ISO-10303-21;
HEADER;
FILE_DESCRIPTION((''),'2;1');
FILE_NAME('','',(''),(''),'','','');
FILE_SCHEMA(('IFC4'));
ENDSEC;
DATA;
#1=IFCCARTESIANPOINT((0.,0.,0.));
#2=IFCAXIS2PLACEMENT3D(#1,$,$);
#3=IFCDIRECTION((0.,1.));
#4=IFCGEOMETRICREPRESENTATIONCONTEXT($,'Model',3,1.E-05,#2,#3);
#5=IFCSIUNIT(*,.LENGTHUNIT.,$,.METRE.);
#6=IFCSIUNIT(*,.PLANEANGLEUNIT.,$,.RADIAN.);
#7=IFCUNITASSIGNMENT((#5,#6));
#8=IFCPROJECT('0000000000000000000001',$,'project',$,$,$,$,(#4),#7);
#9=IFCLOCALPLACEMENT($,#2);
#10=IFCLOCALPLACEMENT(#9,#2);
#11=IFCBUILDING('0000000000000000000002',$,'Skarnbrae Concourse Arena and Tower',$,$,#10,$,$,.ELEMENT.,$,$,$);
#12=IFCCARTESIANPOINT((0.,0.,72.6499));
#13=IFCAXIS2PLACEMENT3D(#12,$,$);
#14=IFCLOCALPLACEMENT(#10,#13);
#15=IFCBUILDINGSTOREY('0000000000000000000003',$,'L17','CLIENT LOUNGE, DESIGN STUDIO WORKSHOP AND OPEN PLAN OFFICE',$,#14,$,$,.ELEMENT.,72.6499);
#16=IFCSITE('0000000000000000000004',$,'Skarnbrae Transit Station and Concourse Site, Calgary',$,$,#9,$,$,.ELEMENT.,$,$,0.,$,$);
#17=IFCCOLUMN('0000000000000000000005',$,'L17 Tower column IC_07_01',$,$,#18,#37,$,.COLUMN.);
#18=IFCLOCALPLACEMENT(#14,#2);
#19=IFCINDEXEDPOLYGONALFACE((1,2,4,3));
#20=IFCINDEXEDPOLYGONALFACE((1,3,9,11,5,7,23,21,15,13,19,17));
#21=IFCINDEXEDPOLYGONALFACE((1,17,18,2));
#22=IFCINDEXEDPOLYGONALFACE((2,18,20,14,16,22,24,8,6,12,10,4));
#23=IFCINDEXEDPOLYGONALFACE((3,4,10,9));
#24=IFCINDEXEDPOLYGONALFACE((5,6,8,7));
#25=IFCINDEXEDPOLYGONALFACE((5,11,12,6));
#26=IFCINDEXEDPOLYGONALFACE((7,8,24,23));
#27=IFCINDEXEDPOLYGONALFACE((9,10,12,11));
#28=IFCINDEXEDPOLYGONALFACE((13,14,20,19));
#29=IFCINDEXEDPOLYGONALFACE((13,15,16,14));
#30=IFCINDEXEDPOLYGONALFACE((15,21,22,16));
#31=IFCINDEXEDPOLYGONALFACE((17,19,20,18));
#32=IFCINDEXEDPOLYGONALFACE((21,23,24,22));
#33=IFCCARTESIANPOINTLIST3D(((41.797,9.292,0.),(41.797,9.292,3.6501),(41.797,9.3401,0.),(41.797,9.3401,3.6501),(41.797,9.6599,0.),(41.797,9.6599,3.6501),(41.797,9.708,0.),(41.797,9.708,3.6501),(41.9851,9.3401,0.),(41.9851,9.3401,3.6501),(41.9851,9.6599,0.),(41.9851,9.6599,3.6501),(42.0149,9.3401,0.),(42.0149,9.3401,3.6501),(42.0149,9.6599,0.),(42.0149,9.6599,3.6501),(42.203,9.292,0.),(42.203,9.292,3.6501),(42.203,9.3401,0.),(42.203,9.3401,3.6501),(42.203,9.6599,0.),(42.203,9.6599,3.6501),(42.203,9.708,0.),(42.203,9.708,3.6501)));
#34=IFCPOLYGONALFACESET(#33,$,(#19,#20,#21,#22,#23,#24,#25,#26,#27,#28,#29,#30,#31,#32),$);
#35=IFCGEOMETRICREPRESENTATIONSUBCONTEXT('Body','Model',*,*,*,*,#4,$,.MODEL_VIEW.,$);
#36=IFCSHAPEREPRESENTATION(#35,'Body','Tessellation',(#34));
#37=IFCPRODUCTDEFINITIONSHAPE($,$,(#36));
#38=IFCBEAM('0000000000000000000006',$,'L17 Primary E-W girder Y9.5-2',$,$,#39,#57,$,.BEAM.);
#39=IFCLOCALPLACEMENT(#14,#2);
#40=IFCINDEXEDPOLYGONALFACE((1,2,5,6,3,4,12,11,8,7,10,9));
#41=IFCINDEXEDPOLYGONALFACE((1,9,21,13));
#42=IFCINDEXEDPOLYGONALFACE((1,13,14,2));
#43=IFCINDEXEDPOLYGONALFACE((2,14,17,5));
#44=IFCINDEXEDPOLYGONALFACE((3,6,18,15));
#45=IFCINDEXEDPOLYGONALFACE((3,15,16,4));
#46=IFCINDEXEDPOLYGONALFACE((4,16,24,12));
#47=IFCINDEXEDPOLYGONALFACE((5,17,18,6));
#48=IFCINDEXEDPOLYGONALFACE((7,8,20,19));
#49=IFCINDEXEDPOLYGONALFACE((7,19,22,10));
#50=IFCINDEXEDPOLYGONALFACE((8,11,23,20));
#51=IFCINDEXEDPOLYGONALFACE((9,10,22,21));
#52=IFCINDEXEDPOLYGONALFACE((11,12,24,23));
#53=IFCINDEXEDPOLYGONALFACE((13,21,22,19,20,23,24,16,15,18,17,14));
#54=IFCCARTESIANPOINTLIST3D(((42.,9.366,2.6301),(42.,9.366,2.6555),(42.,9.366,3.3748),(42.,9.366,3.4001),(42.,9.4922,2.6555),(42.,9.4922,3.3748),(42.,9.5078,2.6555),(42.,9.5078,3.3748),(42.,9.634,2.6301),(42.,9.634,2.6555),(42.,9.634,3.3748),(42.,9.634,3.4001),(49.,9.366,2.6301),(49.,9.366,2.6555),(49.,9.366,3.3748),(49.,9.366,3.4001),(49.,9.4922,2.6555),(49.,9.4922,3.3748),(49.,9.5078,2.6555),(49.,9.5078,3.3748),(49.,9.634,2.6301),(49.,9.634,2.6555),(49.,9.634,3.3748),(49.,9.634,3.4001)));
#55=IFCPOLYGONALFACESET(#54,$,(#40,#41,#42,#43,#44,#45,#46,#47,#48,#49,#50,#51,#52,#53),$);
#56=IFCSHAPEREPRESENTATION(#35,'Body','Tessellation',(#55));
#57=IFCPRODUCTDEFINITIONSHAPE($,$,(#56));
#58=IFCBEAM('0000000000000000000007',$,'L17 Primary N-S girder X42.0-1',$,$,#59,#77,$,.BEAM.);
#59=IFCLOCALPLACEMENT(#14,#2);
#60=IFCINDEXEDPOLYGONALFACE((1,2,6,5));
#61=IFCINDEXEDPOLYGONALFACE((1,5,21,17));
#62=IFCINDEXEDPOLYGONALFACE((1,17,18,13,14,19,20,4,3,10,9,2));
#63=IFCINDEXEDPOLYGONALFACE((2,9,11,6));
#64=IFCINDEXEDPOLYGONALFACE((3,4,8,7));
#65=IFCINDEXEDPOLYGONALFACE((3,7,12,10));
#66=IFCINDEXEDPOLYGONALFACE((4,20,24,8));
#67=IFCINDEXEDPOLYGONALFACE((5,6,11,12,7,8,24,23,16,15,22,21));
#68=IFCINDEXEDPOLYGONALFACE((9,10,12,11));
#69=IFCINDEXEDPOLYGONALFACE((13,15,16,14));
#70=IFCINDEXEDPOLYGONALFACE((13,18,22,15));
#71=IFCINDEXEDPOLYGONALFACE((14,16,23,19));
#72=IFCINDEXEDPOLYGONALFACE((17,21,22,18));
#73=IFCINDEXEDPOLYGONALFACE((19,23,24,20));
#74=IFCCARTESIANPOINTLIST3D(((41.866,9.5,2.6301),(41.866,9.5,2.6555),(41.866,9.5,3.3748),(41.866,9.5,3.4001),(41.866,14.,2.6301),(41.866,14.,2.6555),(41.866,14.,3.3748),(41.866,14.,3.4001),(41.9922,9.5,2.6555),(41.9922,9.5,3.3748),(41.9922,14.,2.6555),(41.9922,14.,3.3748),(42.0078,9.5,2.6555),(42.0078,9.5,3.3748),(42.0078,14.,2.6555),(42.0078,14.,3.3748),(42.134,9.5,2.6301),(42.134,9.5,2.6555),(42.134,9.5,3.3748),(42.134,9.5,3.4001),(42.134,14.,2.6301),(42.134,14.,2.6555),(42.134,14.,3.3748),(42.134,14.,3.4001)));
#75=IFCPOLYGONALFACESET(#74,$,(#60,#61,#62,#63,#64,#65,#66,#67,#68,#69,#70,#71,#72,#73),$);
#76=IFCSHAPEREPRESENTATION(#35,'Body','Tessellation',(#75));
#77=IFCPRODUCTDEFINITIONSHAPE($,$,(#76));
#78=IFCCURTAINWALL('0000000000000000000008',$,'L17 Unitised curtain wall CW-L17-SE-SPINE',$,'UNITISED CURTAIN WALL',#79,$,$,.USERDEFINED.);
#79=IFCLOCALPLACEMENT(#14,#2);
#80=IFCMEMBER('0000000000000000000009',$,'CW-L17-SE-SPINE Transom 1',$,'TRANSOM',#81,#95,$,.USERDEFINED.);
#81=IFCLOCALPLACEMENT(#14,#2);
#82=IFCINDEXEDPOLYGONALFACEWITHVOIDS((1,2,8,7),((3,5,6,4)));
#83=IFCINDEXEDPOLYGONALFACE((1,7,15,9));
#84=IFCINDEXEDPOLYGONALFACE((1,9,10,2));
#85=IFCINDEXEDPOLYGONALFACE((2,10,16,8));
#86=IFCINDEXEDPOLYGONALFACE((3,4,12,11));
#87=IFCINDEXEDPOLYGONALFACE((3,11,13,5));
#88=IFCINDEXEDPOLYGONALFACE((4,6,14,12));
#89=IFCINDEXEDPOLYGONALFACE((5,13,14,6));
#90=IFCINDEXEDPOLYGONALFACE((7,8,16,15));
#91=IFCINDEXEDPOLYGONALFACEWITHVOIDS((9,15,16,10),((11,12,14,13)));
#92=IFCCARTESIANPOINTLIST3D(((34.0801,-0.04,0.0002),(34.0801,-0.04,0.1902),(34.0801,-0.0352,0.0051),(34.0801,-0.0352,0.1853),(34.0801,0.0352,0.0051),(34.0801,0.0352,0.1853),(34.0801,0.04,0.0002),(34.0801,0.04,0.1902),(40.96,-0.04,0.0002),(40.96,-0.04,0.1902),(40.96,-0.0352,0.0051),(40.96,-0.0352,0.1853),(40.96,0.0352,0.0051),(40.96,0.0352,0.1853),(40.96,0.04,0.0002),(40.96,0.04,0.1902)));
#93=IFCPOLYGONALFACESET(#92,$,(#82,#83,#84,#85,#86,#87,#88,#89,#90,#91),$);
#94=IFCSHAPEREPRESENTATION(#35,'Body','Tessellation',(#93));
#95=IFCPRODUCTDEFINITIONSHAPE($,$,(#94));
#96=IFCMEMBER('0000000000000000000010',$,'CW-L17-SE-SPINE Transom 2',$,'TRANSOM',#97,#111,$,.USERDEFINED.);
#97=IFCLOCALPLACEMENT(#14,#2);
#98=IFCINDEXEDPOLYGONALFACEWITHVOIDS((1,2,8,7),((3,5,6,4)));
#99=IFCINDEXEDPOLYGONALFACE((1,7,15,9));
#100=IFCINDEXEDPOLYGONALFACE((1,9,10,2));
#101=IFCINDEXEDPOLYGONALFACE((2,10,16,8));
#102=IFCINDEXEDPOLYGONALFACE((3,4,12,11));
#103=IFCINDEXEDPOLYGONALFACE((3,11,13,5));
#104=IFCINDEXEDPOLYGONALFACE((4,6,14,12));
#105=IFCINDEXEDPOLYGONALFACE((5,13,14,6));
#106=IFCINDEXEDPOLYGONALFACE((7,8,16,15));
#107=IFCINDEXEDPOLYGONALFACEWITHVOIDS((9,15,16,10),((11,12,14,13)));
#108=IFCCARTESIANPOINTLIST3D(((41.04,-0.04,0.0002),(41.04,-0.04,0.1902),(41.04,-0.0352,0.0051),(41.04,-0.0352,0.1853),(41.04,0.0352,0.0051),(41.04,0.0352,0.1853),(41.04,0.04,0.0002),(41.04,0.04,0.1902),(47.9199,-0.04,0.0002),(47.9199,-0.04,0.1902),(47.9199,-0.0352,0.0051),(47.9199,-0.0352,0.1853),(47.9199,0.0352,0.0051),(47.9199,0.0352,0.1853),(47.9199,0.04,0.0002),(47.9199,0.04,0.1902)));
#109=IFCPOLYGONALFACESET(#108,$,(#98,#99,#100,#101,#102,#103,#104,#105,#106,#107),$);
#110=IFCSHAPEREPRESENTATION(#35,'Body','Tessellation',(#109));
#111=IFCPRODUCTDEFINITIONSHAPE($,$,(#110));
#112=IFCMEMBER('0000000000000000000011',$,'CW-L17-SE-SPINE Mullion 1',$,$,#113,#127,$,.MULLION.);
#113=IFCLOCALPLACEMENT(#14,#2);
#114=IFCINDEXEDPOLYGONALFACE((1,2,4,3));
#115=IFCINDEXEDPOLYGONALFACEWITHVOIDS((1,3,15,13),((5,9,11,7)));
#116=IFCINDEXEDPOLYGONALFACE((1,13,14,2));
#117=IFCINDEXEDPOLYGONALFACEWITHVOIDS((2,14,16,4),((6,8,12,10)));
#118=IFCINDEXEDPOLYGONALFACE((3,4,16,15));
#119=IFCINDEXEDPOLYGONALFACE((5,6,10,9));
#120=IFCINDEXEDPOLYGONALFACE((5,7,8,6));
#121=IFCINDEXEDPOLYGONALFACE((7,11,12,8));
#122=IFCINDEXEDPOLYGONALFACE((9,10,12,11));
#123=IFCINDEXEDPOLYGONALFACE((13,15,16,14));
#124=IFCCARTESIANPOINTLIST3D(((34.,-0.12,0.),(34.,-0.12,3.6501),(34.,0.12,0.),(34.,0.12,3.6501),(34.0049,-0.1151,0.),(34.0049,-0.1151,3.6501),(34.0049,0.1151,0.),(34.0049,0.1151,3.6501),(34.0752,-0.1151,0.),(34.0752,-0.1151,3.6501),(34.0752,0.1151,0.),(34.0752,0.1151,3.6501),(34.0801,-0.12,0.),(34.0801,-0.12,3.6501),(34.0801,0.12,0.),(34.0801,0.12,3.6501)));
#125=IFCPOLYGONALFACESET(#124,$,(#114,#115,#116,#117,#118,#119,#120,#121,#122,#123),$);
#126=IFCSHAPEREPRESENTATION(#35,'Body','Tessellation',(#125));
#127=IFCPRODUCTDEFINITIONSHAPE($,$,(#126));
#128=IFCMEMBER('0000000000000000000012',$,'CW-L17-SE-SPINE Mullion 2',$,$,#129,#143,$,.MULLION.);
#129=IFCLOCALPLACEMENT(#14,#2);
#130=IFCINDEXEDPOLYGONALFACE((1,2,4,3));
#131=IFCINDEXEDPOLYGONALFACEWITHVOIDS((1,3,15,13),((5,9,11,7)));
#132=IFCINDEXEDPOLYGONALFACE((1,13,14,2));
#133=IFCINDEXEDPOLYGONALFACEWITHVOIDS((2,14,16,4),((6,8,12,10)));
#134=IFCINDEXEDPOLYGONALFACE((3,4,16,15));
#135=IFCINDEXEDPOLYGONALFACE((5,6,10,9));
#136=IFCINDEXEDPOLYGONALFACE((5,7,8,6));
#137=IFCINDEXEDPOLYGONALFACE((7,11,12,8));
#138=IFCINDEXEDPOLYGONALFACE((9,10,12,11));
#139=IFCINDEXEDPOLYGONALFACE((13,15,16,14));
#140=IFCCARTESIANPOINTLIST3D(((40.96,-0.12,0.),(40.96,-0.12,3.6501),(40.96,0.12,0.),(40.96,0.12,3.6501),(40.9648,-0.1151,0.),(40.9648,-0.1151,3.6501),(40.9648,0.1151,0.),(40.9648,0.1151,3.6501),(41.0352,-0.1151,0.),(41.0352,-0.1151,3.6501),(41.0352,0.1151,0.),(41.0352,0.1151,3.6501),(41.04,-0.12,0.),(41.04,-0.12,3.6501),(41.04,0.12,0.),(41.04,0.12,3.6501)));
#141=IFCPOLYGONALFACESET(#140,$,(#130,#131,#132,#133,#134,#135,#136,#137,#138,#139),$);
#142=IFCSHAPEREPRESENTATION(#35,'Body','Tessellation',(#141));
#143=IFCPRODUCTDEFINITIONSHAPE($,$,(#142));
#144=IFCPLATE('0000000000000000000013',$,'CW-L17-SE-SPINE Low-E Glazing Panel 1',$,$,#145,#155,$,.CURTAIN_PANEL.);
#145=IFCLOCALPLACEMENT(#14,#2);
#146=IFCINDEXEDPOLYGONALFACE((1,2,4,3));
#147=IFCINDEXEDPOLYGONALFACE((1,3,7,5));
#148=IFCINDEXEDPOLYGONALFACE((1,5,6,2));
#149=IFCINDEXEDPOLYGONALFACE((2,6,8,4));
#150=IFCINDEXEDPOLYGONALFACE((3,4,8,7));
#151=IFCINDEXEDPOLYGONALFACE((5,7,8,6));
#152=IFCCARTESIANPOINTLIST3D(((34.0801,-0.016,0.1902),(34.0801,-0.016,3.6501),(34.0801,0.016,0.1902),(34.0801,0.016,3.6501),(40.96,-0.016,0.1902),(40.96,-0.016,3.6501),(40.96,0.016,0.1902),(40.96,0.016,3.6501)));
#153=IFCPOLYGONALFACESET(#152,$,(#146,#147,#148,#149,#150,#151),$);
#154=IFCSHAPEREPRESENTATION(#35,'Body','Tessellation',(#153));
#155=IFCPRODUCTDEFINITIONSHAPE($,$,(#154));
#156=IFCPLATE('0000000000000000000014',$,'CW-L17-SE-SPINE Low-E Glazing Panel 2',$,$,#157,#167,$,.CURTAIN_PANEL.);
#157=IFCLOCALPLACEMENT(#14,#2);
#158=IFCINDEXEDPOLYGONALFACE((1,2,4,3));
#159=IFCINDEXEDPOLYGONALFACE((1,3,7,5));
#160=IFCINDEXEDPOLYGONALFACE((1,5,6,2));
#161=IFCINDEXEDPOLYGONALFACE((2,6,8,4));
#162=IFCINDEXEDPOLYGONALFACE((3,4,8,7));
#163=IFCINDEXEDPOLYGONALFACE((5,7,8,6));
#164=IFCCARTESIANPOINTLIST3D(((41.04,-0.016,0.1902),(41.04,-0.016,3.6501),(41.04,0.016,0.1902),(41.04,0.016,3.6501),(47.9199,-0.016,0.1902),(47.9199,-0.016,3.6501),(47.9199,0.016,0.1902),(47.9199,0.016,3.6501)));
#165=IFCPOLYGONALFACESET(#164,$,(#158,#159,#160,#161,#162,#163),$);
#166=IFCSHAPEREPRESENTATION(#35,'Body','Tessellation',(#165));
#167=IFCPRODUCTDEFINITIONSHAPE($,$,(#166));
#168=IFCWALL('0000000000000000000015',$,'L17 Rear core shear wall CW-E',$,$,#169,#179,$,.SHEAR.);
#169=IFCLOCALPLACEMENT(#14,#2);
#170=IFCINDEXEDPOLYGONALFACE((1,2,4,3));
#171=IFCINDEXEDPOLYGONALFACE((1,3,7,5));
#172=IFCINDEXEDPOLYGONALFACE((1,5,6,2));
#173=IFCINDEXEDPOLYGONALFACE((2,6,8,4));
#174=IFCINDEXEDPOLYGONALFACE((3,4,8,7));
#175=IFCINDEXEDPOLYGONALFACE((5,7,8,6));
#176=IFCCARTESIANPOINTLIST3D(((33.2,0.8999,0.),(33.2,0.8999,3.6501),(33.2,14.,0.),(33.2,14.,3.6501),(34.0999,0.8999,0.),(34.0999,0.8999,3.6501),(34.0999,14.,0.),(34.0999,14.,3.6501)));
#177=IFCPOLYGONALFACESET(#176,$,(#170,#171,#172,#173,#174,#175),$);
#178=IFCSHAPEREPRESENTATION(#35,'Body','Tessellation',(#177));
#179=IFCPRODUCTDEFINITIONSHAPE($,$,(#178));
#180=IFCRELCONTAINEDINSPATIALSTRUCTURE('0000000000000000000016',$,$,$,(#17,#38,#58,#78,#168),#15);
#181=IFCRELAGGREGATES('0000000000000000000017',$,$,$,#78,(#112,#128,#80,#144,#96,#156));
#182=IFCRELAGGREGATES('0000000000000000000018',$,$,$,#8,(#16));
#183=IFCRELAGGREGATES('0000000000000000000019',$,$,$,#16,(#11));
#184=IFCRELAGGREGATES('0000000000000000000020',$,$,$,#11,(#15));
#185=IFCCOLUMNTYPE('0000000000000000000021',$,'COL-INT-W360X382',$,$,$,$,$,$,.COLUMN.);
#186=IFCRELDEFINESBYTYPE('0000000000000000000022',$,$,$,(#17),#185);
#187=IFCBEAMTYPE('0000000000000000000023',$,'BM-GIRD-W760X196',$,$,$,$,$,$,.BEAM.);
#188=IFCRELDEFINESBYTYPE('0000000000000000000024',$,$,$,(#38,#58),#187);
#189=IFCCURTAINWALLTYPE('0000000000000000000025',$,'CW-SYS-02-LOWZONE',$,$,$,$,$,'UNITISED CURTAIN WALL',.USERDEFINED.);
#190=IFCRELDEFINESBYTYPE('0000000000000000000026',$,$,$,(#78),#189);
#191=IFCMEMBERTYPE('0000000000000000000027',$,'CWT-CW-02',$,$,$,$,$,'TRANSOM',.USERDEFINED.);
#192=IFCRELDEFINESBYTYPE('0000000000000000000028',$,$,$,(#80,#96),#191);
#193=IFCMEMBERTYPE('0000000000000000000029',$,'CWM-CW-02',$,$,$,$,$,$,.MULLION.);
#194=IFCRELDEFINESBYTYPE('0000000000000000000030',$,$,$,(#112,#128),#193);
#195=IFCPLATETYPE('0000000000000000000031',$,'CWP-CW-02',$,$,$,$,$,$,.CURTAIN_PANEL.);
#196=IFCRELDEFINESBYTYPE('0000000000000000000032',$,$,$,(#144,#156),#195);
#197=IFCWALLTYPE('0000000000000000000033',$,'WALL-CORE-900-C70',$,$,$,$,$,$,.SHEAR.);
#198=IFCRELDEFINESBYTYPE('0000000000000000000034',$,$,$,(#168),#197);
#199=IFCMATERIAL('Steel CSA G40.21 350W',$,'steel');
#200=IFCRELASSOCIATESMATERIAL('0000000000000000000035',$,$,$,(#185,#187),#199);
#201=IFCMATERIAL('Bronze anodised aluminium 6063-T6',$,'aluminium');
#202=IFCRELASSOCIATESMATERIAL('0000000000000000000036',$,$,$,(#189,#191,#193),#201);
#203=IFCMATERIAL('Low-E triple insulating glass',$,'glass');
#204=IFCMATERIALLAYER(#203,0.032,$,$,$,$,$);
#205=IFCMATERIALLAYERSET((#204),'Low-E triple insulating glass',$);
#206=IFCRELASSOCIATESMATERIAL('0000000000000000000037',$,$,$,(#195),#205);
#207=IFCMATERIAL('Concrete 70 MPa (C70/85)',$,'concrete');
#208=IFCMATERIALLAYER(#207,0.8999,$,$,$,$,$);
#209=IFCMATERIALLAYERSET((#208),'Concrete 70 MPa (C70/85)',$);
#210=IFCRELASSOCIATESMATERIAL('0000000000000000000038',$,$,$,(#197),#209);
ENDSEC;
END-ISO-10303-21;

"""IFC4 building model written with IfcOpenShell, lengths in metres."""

from ifc_helpers import new_model, si_unit, direction, frame, frame_2d, origin, origin_2d, place, context, subcontext, project, spatial, rectangle, hollow_rectangle, i_section, extrude, source, transform, mapped, material, layer, layer_set, material_profile, profile_set, type_object, element, aggregate, save


model = new_model("IFC4")

# Units and contexts
model_context = context("Model", 3, precision=1e-05, world=origin(), true_north=direction((0.0, 1.0)))
body_context = subcontext(model_context, "Body", "Model", "MODEL_VIEW")
ifc_project = project(units=[si_unit("LENGTHUNIT", "METRE"), si_unit("PLANEANGLEUNIT", "RADIAN")], contexts=[model_context])

# Site, building, storey
site_placement = place(None, origin())
site = spatial("IfcSite", under=ifc_project, at=site_placement, Name="Skarnbrae Transit Station and Concourse Site, Calgary", CompositionType="ELEMENT", RefElevation=0.0)
building_placement = place(site_placement, origin())
building = spatial("IfcBuilding", under=site, at=building_placement, Name="Skarnbrae Concourse Arena and Tower", CompositionType="ELEMENT")
storey_placement = place(building_placement, frame((0.0, 0.0, 72.6499)))
storey = spatial("IfcBuildingStorey", under=building, at=storey_placement, Name="L17", Description="CLIENT LOUNGE, DESIGN STUDIO WORKSHOP AND OPEN PLAN OFFICE", CompositionType="ELEMENT", Elevation=72.6499)

# Column
ifc_material_1 = material(Name="Steel CSA G40.21 350W", Category="steel")
ifc_material_profile_1 = material_profile(ifc_material_1, i_section(OverallWidth=0.406, OverallDepth=0.416, WebThickness=0.0298, FlangeThickness=0.0481, at=origin_2d()), Name="W360X382")
ifc_profile_set_1 = profile_set([ifc_material_profile_1], Name="Steel CSA G40.21 350W")
column_type = type_object("IfcColumnType", Name="COL-INT-W360X382", PredefinedType="COLUMN", material=ifc_profile_set_1)
shared_shape_1 = source(origin(), body_context, "Body", "SweptSolid", [
    extrude(i_section(OverallWidth=0.406, OverallDepth=0.416, WebThickness=0.0298, FlangeThickness=0.0481, at=origin_2d()), origin(), (0.0, 0.0, 1.0), 3.6501),
])
column_placement = place(storey_placement, frame((42.0, 9.5, 0.0), z_axis=(0.0, 0.0, 1.0), x_axis=(1.0, 0.0, 0.0)))
element("IfcColumn", 1, at=column_placement, inside=storey, type_object=column_type, Name="L17 Tower column IC_07_01", PredefinedType="COLUMN", context=body_context, shape_type="MappedRepresentation", body=[
    mapped(shared_shape_1, transform((0.0, 0.0, 0.0))),
])

# Beams
ifc_material_profile_2 = material_profile(ifc_material_1, i_section(OverallWidth=0.2681, OverallDepth=0.77, WebThickness=0.0156, FlangeThickness=0.0254, at=origin_2d()), Name="W760X196")
ifc_profile_set_2 = profile_set([ifc_material_profile_2], Name="Steel CSA G40.21 350W")
beam_type = type_object("IfcBeamType", Name="BM-GIRD-W760X196", PredefinedType="BEAM", material=ifc_profile_set_2)
shared_shape_2 = source(origin(), body_context, "Body", "SweptSolid", [
    extrude(i_section(OverallWidth=0.2681, OverallDepth=0.77, WebThickness=0.0156, FlangeThickness=0.0254, at=origin_2d()), origin(), (0.0, 0.0, 1.0), 7.0),
])
beam_1_placement = place(storey_placement, frame((42.0, 9.5, 3.0151), z_axis=(1.0, 0.0, 0.0), x_axis=(0.0, 1.0, 0.0)))
element("IfcBeam", 2, at=beam_1_placement, inside=storey, type_object=beam_type, Name="L17 Primary E-W girder Y9.5-2", PredefinedType="BEAM", context=body_context, shape_type="MappedRepresentation", body=[
    mapped(shared_shape_2, transform((0.0, 0.0, 0.0))),
])
shared_shape_3 = source(origin(), body_context, "Body", "SweptSolid", [
    extrude(i_section(OverallWidth=0.2681, OverallDepth=0.77, WebThickness=0.0156, FlangeThickness=0.0254, at=origin_2d()), origin(), (0.0, 0.0, 1.0), 4.5),
])
beam_2_placement = place(storey_placement, frame((42.0, 9.5, 3.0151), z_axis=(0.0, 1.0, 0.0), x_axis=(-1.0, 0.0, 0.0)))
element("IfcBeam", 3, at=beam_2_placement, inside=storey, type_object=beam_type, Name="L17 Primary N-S girder X42.0-1", PredefinedType="BEAM", context=body_context, shape_type="MappedRepresentation", body=[
    mapped(shared_shape_3, transform((0.0, 0.0, 0.0))),
])

# Curtain wall, members, plates
ifc_material_2 = material(Name="Bronze anodised aluminium 6063-T6", Category="aluminium")
curtain_wall_type = type_object("IfcCurtainWallType", Name="CW-SYS-02-LOWZONE", ElementType="UNITISED CURTAIN WALL", PredefinedType="USERDEFINED", material=ifc_material_2)
curtain_wall_placement = place(storey_placement, origin())
curtain_wall = element("IfcCurtainWall", 4, at=curtain_wall_placement, inside=storey, type_object=curtain_wall_type, Name="L17 Unitised curtain wall CW-L17-SE-SPINE", ObjectType="UNITISED CURTAIN WALL", PredefinedType="USERDEFINED")
ifc_material_profile_3 = material_profile(ifc_material_2, hollow_rectangle(XDim=0.0801, YDim=0.1899, WallThickness=0.0049, at=origin_2d()), Name="ALU-TRAN-80X190")
ifc_profile_set_3 = profile_set([ifc_material_profile_3], Name="Bronze anodised aluminium 6063-T6")
member_type_1 = type_object("IfcMemberType", Name="CWT-CW-02", ElementType="TRANSOM", PredefinedType="USERDEFINED", material=ifc_profile_set_3)
shared_shape_4 = source(origin(), body_context, "Body", "SweptSolid", [
    extrude(hollow_rectangle(XDim=0.0801, YDim=0.1899, WallThickness=0.0049, at=origin_2d()), origin(), (0.0, 0.0, 1.0), 6.8799),
])
member_1_placement = place(storey_placement, frame((34.0801, 0.0, 0.0952), z_axis=(1.0, 0.0, 0.0), x_axis=(0.0, 1.0, 0.0)))
member_1 = element("IfcMember", 5, at=member_1_placement, type_object=member_type_1, Name="CW-L17-SE-SPINE Transom 1", ObjectType="TRANSOM", PredefinedType="USERDEFINED", context=body_context, shape_type="MappedRepresentation", body=[
    mapped(shared_shape_4, transform((0.0, 0.0, 0.0))),
])
member_2_placement = place(storey_placement, frame((41.04, 0.0, 0.0952), z_axis=(1.0, 0.0, 0.0), x_axis=(0.0, 1.0, 0.0)))
member_2 = element("IfcMember", 6, at=member_2_placement, type_object=member_type_1, Name="CW-L17-SE-SPINE Transom 2", ObjectType="TRANSOM", PredefinedType="USERDEFINED", context=body_context, shape_type="MappedRepresentation", body=[
    mapped(shared_shape_4, transform((0.0, 0.0, 0.0))),
])
ifc_material_profile_4 = material_profile(ifc_material_2, hollow_rectangle(XDim=0.0801, YDim=0.24, WallThickness=0.0049, at=origin_2d()), Name="ALU-MULL-80X240")
ifc_profile_set_4 = profile_set([ifc_material_profile_4], Name="Bronze anodised aluminium 6063-T6")
member_type_2 = type_object("IfcMemberType", Name="CWM-CW-02", PredefinedType="MULLION", material=ifc_profile_set_4)
shared_shape_5 = source(origin(), body_context, "Body", "SweptSolid", [
    extrude(hollow_rectangle(XDim=0.0801, YDim=0.24, WallThickness=0.0049, at=origin_2d()), origin(), (0.0, 0.0, 1.0), 3.6501),
])
member_3_placement = place(storey_placement, frame((34.04, 0.0, 0.0), z_axis=(0.0, 0.0, 1.0), x_axis=(1.0, 0.0, 0.0)))
member_3 = element("IfcMember", 7, at=member_3_placement, type_object=member_type_2, Name="CW-L17-SE-SPINE Mullion 1", PredefinedType="MULLION", context=body_context, shape_type="MappedRepresentation", body=[
    mapped(shared_shape_5, transform((0.0, 0.0, 0.0))),
])
member_4_placement = place(storey_placement, frame((41.0, 0.0, 0.0), z_axis=(0.0, 0.0, 1.0), x_axis=(1.0, 0.0, 0.0)))
member_4 = element("IfcMember", 8, at=member_4_placement, type_object=member_type_2, Name="CW-L17-SE-SPINE Mullion 2", PredefinedType="MULLION", context=body_context, shape_type="MappedRepresentation", body=[
    mapped(shared_shape_5, transform((0.0, 0.0, 0.0))),
])
ifc_material_3 = material(Name="Low-E triple insulating glass", Category="glass")
ifc_layer_1 = layer(ifc_material_3, 0.032)
ifc_layer_set_1 = layer_set([ifc_layer_1], Name="Low-E triple insulating glass")
plate_type = type_object("IfcPlateType", Name="CWP-CW-02", PredefinedType="CURTAIN_PANEL", material=ifc_layer_set_1)
shared_shape_6 = source(origin(), body_context, "Body", "SweptSolid", [
    extrude(rectangle(XDim=6.8799, YDim=0.032, at=origin_2d()), origin(), (0.0, 0.0, 1.0), 3.46),
])
plate_1_placement = place(storey_placement, frame((37.52, 0.0, 0.1902), z_axis=(0.0, 0.0, 1.0), x_axis=(1.0, 0.0, 0.0)))
plate_1 = element("IfcPlate", 9, at=plate_1_placement, type_object=plate_type, Name="CW-L17-SE-SPINE Low-E Glazing Panel 1", PredefinedType="CURTAIN_PANEL", context=body_context, shape_type="MappedRepresentation", body=[
    mapped(shared_shape_6, transform((0.0, 0.0, 0.0))),
])
plate_2_placement = place(storey_placement, frame((44.48, 0.0, 0.1902), z_axis=(0.0, 0.0, 1.0), x_axis=(1.0, 0.0, 0.0)))
plate_2 = element("IfcPlate", 10, at=plate_2_placement, type_object=plate_type, Name="CW-L17-SE-SPINE Low-E Glazing Panel 2", PredefinedType="CURTAIN_PANEL", context=body_context, shape_type="MappedRepresentation", body=[
    mapped(shared_shape_6, transform((0.0, 0.0, 0.0))),
])
aggregate(curtain_wall, [member_3, member_4, member_1, plate_1, member_2, plate_2])

# Wall
ifc_material_4 = material(Name="Concrete 70 MPa (C70/85)", Category="concrete")
ifc_layer_2 = layer(ifc_material_4, 0.8999)
ifc_layer_set_2 = layer_set([ifc_layer_2], Name="Concrete 70 MPa (C70/85)")
wall_type_1 = type_object("IfcWallType", Name="WALL-CORE-900-C70", PredefinedType="SHEAR", material=ifc_layer_set_2)
shared_shape_7 = source(origin(), body_context, "Body", "SweptSolid", [
    extrude(rectangle(XDim=13.1001, YDim=0.8999, at=frame_2d((6.55, 0.0))), origin(), (0.0, 0.0, 1.0), 3.6501),
])
wall_1_placement = place(storey_placement, frame((33.6499, 0.8999, 0.0), z_axis=(0.0, 0.0, 1.0), x_axis=(0.0, 1.0, 0.0)))
element("IfcWall", 11, at=wall_1_placement, inside=storey, type_object=wall_type_1, Name="L17 Rear core shear wall CW-E", PredefinedType="SHEAR", context=body_context, shape_type="MappedRepresentation", body=[
    mapped(shared_shape_7, transform((0.0, 0.0, 0.0))),
])

save(model, "model.ifc")
